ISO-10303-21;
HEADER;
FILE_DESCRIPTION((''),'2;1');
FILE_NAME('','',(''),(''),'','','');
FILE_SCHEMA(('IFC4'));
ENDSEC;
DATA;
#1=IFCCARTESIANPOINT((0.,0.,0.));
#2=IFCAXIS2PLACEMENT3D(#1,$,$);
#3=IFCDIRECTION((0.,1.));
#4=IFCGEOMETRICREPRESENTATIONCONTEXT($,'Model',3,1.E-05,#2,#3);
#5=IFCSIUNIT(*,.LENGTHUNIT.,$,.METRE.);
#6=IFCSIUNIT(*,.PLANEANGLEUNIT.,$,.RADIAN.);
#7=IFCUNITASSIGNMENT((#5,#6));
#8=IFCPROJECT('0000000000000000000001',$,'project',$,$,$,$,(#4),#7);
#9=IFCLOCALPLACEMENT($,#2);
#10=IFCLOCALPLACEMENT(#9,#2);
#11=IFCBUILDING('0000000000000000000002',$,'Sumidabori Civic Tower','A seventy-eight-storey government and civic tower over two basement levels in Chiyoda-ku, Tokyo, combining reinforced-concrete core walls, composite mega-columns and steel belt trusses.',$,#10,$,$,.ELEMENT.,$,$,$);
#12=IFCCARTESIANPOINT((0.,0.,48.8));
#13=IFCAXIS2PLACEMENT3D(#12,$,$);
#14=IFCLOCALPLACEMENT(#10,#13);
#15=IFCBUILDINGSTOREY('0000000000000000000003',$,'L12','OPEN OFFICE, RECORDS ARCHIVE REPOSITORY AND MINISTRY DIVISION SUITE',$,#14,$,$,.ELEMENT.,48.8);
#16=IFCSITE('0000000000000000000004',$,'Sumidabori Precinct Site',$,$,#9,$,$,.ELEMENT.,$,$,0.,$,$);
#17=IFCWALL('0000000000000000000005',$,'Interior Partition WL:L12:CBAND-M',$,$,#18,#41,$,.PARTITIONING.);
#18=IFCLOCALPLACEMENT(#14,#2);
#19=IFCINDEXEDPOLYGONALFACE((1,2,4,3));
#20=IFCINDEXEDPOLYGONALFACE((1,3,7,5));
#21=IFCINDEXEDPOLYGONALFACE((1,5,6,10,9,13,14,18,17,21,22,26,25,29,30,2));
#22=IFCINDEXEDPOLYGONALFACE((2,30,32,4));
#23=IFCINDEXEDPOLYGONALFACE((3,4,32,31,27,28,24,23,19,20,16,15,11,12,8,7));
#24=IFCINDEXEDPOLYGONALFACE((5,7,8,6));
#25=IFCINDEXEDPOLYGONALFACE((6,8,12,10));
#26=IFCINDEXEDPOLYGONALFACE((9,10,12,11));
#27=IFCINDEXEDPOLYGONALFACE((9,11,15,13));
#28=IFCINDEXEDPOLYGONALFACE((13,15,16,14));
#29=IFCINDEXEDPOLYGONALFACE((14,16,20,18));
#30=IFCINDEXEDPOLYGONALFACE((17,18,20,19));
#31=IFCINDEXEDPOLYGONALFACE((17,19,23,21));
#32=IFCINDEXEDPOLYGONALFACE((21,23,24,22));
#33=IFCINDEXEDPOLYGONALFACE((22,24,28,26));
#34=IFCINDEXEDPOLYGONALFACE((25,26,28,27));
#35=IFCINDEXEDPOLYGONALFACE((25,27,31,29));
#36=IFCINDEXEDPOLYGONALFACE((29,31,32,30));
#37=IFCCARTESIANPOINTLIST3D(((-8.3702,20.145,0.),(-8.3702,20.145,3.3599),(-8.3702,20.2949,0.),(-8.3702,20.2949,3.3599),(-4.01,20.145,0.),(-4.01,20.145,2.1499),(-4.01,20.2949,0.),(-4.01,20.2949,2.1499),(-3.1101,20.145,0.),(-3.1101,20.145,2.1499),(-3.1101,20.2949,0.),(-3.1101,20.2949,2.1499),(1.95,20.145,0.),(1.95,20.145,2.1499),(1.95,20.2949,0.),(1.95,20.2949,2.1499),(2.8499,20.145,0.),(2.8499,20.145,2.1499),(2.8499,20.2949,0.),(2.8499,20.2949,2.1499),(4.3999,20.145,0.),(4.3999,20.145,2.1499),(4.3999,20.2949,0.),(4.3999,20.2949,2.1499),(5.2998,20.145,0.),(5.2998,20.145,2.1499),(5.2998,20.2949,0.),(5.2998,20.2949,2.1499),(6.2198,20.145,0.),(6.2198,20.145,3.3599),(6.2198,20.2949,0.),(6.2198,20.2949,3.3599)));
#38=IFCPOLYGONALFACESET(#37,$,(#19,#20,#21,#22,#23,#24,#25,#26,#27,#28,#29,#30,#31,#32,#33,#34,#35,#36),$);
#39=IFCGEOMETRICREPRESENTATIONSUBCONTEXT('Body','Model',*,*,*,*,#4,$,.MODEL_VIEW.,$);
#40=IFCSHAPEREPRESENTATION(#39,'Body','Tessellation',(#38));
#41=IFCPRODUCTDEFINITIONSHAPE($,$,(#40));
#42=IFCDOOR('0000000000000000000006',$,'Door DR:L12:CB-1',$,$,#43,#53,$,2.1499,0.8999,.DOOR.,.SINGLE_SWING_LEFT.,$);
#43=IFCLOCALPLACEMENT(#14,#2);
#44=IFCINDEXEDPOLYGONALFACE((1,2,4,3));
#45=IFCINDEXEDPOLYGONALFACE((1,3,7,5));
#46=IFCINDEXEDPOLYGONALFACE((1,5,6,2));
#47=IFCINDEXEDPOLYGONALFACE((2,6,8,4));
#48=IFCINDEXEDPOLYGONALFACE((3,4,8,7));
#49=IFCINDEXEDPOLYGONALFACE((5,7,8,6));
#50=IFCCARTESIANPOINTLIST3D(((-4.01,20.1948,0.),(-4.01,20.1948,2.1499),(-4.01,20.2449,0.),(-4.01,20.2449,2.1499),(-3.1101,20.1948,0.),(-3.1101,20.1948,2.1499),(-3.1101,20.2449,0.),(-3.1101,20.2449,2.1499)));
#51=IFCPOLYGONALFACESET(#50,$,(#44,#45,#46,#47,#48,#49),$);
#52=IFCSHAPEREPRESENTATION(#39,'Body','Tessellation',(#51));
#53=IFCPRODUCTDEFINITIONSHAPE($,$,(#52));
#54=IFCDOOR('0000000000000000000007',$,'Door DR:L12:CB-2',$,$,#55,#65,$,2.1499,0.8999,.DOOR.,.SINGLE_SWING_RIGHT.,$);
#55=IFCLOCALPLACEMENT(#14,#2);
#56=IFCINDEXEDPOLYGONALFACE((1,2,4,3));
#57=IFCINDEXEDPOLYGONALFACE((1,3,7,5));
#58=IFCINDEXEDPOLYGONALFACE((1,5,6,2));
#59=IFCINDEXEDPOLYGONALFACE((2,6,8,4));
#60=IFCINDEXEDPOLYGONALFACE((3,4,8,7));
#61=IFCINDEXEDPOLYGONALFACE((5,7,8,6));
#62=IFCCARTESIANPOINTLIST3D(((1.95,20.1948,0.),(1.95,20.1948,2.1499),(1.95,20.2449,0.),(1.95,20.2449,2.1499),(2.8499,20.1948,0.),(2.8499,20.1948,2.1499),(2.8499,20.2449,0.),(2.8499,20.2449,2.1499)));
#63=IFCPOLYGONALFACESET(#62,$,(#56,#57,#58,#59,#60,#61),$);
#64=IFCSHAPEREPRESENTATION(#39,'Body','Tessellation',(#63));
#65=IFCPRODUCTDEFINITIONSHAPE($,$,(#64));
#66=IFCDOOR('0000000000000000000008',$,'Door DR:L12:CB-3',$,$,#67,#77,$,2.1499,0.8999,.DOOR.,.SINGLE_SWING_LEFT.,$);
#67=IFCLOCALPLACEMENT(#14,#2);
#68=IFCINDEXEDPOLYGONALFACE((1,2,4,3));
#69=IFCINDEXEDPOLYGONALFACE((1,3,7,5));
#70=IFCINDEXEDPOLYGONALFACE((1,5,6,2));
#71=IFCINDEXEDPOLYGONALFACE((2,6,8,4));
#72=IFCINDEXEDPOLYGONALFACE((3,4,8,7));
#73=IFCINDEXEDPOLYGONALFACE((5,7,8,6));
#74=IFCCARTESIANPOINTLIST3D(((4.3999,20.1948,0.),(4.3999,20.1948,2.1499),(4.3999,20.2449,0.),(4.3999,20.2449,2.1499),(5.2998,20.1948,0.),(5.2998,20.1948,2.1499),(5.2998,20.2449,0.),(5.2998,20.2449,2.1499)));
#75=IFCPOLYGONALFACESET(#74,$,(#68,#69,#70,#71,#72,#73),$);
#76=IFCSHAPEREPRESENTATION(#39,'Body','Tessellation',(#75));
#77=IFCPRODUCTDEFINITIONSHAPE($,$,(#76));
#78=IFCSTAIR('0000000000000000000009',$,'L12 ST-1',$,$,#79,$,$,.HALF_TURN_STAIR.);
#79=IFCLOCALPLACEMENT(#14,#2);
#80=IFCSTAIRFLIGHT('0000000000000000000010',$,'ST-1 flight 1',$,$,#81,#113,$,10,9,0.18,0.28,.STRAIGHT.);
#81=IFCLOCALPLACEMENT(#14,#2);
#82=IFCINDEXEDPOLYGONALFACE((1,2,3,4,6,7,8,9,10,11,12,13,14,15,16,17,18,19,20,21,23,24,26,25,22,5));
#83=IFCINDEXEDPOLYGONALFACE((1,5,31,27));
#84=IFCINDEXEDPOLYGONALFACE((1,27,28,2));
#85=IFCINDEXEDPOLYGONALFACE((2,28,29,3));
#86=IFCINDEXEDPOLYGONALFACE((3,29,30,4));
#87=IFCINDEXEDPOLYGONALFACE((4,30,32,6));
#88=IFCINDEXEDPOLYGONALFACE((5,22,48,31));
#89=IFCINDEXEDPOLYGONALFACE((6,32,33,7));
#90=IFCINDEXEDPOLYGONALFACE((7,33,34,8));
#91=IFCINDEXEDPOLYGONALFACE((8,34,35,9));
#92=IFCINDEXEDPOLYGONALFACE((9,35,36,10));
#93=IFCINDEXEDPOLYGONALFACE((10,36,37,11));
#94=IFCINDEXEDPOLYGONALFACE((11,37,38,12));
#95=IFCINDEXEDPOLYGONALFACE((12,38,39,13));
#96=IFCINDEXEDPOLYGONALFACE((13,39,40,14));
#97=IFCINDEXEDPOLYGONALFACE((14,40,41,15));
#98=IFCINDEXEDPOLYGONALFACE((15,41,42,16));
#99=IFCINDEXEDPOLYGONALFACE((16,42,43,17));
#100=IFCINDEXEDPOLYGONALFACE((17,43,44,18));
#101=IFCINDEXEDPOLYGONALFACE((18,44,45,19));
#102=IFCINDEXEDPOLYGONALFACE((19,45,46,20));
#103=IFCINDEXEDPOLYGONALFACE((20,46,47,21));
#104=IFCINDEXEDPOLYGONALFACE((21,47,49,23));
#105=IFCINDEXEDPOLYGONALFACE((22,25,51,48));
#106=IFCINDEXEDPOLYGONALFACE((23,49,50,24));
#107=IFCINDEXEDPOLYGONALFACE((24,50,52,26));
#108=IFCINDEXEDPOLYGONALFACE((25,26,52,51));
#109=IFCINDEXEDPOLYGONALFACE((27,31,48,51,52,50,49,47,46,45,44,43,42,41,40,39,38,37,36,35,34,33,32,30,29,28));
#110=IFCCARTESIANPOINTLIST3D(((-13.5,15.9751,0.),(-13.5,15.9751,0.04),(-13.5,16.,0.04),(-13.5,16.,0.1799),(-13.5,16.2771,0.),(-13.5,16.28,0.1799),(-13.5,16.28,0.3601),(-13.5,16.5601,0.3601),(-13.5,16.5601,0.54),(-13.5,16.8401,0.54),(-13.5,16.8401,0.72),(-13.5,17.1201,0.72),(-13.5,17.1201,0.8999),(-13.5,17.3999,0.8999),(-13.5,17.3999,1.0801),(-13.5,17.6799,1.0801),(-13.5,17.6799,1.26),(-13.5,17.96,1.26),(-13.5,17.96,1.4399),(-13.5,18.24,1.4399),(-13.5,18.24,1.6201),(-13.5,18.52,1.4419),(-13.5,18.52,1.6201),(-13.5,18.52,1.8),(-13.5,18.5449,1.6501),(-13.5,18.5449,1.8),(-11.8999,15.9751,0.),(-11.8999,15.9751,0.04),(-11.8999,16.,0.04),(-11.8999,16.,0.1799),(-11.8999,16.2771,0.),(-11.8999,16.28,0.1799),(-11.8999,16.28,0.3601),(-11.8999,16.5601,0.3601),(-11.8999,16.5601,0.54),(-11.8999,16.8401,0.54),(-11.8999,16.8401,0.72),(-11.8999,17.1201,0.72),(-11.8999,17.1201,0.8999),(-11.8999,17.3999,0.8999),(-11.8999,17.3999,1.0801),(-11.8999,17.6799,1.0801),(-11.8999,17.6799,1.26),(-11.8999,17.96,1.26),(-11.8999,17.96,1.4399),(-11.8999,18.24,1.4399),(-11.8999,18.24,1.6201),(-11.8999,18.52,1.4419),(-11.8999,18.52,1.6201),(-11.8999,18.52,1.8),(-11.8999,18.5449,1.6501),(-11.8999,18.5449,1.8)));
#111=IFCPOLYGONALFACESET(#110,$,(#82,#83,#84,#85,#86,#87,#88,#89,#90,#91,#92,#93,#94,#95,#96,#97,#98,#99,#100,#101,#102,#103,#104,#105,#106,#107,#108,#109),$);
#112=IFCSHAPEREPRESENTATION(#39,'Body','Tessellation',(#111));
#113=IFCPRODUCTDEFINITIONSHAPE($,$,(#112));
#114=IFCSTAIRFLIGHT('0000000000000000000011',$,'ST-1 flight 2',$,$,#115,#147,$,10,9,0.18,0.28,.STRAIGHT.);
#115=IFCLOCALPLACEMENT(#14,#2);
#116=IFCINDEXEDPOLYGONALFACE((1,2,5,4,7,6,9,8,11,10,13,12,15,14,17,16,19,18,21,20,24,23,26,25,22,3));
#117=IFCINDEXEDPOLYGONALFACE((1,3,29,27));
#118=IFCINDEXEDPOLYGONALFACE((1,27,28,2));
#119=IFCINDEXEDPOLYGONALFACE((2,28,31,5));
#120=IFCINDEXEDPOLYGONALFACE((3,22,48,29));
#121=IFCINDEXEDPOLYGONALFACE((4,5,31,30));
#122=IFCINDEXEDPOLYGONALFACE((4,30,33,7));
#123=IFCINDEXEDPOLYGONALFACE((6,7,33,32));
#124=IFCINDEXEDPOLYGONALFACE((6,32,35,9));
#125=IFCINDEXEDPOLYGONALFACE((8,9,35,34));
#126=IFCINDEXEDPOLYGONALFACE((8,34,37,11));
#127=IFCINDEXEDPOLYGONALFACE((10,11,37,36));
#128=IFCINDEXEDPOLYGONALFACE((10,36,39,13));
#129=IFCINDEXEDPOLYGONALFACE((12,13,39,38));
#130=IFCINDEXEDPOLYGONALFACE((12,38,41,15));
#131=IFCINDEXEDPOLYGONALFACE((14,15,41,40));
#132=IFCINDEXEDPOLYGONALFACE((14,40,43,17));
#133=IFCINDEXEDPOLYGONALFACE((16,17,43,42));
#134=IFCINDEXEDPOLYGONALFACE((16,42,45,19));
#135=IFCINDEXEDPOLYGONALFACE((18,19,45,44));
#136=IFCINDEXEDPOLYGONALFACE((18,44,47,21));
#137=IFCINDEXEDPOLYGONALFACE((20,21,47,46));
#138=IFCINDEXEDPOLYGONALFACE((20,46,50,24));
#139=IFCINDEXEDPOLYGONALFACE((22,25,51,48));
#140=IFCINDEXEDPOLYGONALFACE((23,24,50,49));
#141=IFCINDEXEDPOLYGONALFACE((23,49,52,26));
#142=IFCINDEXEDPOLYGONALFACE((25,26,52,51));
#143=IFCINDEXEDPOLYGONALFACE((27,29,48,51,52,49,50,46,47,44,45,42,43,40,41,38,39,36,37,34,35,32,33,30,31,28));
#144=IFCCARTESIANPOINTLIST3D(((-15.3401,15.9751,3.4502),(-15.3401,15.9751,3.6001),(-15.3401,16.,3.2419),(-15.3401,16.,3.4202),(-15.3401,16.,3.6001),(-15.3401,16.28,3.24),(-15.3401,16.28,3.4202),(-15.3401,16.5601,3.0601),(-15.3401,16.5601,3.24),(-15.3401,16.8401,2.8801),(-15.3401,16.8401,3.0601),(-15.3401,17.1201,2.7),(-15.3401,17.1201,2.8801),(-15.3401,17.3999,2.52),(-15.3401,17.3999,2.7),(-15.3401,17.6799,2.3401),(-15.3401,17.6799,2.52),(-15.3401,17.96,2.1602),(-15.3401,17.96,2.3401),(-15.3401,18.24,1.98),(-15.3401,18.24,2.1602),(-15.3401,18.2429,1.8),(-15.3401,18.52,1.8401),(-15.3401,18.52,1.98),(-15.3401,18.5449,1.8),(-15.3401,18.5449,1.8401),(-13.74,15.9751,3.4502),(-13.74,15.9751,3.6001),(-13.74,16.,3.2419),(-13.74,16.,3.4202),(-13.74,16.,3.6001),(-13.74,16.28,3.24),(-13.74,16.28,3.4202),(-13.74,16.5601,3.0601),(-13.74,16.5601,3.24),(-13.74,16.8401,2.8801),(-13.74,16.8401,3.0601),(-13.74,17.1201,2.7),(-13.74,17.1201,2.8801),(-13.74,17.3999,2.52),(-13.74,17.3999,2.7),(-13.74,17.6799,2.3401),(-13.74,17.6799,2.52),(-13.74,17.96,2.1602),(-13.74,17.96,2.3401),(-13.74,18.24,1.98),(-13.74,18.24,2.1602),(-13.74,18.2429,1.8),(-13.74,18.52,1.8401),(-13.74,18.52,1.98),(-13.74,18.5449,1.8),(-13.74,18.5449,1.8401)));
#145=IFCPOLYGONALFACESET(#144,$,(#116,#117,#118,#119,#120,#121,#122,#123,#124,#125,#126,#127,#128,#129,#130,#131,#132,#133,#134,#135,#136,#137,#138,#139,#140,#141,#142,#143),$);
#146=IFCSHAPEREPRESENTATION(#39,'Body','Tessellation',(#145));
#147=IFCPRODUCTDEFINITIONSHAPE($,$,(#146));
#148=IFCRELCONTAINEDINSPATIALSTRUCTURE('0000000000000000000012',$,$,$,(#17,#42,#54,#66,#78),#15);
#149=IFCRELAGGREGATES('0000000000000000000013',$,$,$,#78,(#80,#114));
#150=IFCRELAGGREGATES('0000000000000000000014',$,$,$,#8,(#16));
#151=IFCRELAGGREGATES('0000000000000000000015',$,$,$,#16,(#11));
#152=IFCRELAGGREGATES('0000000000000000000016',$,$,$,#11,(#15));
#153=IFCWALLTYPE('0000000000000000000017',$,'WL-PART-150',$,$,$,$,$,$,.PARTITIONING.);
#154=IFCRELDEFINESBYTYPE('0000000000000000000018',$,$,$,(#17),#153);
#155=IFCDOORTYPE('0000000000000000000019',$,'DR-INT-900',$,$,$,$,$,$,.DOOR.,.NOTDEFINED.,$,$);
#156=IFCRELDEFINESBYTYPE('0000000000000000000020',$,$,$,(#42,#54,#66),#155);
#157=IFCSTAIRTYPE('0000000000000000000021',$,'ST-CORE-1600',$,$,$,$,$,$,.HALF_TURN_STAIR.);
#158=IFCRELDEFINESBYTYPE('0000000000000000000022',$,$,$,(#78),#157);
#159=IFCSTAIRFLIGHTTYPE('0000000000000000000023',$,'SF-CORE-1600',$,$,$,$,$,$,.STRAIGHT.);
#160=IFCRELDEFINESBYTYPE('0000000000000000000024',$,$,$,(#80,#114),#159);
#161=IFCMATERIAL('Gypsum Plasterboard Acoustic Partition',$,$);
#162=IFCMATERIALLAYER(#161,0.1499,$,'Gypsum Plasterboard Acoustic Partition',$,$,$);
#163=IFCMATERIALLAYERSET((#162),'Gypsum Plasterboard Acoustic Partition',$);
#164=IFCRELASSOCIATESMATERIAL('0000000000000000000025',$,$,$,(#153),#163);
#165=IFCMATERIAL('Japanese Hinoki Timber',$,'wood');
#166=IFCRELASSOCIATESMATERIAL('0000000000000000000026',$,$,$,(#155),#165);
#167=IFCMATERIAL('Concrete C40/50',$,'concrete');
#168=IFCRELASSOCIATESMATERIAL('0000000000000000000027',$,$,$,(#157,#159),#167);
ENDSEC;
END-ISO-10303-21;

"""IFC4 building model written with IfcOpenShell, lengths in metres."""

from ifc_helpers import new_model, si_unit, direction, frame, frame_2d, origin, place, context, subcontext, project, spatial, polyline, rectangle, outline, extrude, source, transform, mapped, material, layer, layer_set, type_object, element, fill, aggregate, save


model = new_model("IFC4")

# Units and contexts
model_context = context("Model", 3, precision=1e-05, world=origin(), true_north=direction((0.0, 1.0)))
body_context = subcontext(model_context, "Body", "Model", "MODEL_VIEW")
ifc_project = project(units=[si_unit("LENGTHUNIT", "METRE"), si_unit("PLANEANGLEUNIT", "RADIAN")], contexts=[model_context])

# Site, building, storey
site_placement = place(None, origin())
site = spatial("IfcSite", under=ifc_project, at=site_placement, Name="Sumidabori Precinct Site", CompositionType="ELEMENT", RefElevation=0.0)
building_placement = place(site_placement, origin())
building = spatial("IfcBuilding", under=site, at=building_placement, Name="Sumidabori Civic Tower", Description="A seventy-eight-storey government and civic tower over two basement levels in Chiyoda-ku, Tokyo, combining reinforced-concrete core walls, composite mega-columns and steel belt trusses.", CompositionType="ELEMENT")
storey_placement = place(building_placement, frame((0.0, 0.0, 48.8)))
storey = spatial("IfcBuildingStorey", under=building, at=storey_placement, Name="L12", Description="OPEN OFFICE, RECORDS ARCHIVE REPOSITORY AND MINISTRY DIVISION SUITE", CompositionType="ELEMENT", Elevation=48.8)

# Wall, openings, doors
ifc_material_1 = material(Name="Gypsum Plasterboard Acoustic Partition")
ifc_layer_1 = layer(ifc_material_1, 0.1499, Name="Gypsum Plasterboard Acoustic Partition")
ifc_layer_set_1 = layer_set([ifc_layer_1], Name="Gypsum Plasterboard Acoustic Partition")
wall_type_1 = type_object("IfcWallType", Name="WL-PART-150", PredefinedType="PARTITIONING", material=ifc_layer_set_1)
shared_shape_1 = source(origin(), body_context, "Body", "SweptSolid", [
    extrude(rectangle(XDim=14.5901, YDim=0.1499, at=frame_2d((7.2949, 0.0))), origin(), (0.0, 0.0, 1.0), 3.3599),
])
wall_1_placement = place(storey_placement, frame((-8.3701, 20.22, 0.0), z_axis=(0.0, 0.0, 1.0), x_axis=(1.0, 0.0, 0.0)))
wall_1 = element("IfcWall", 1, at=wall_1_placement, inside=storey, type_object=wall_type_1, Name="Interior Partition WL:L12:CBAND-M", PredefinedType="PARTITIONING", context=body_context, shape_type="MappedRepresentation", body=[
    mapped(shared_shape_1, transform((0.0, 0.0, 0.0), x_axis=(1.0, 0.0, 0.0), y_axis=(0.0, 1.0, 0.0), z_axis=(0.0, 0.0, 1.0), scale=1.0)),
])
opening_1_placement = place(wall_1_placement, frame((4.3601, 0.0, 0.0)))
opening_1 = element("IfcOpeningElement", 2, at=opening_1_placement, cuts=wall_1, PredefinedType="OPENING", context=body_context, shape_type="SweptSolid", body=[
    extrude(rectangle(XDim=0.8999, YDim=2.1499, at=frame_2d((0.45, 1.075))), frame((0.0, 0.0869, 0.0), z_axis=(0.0, -1.0, 0.0), x_axis=(1.0, 0.0, 0.0)), (0.0, 0.0, 1.0), 0.1738),
])
opening_2_placement = place(wall_1_placement, frame((10.3201, 0.0, 0.0)))
opening_2 = element("IfcOpeningElement", 3, at=opening_2_placement, cuts=wall_1, PredefinedType="OPENING", context=body_context, shape_type="SweptSolid", body=[
    extrude(rectangle(XDim=0.8999, YDim=2.1499, at=frame_2d((0.45, 1.075))), frame((0.0, 0.0869, 0.0), z_axis=(0.0, -1.0, 0.0), x_axis=(1.0, 0.0, 0.0)), (0.0, 0.0, 1.0), 0.1738),
])
opening_3_placement = place(wall_1_placement, frame((12.77, 0.0, 0.0)))
opening_3 = element("IfcOpeningElement", 4, at=opening_3_placement, cuts=wall_1, PredefinedType="OPENING", context=body_context, shape_type="SweptSolid", body=[
    extrude(rectangle(XDim=0.8999, YDim=2.1499, at=frame_2d((0.45, 1.075))), frame((0.0, 0.0869, 0.0), z_axis=(0.0, -1.0, 0.0), x_axis=(1.0, 0.0, 0.0)), (0.0, 0.0, 1.0), 0.1738),
])
ifc_material_2 = material(Name="Japanese Hinoki Timber", Category="wood")
door_type = type_object("IfcDoorType", Name="DR-INT-900", OperationType="NOTDEFINED", PredefinedType="DOOR", material=ifc_material_2)
shared_shape_2 = source(origin(), body_context, "Body", "SweptSolid", [
    extrude(rectangle(XDim=0.8999, YDim=2.1499, at=frame_2d((0.45, 1.075))), frame((0.0, 0.0249, 0.0), z_axis=(0.0, -1.0, 0.0), x_axis=(1.0, 0.0, 0.0)), (0.0, 0.0, 1.0), 0.05),
])
door_1_placement = place(opening_1_placement, origin())
door_1 = element("IfcDoor", 5, at=door_1_placement, inside=storey, type_object=door_type, Name="Door DR:L12:CB-1", OperationType="SINGLE_SWING_LEFT", OverallHeight=2.1499, OverallWidth=0.8999, PredefinedType="DOOR", context=body_context, shape_type="MappedRepresentation", body=[
    mapped(shared_shape_2, transform((0.0, 0.0, 0.0), x_axis=(1.0, 0.0, 0.0), y_axis=(0.0, 1.0, 0.0), z_axis=(0.0, 0.0, 1.0), scale=1.0)),
])
fill(opening_1, door_1)
door_2_placement = place(opening_2_placement, origin())
door_2 = element("IfcDoor", 6, at=door_2_placement, inside=storey, type_object=door_type, Name="Door DR:L12:CB-2", OperationType="SINGLE_SWING_RIGHT", OverallHeight=2.1499, OverallWidth=0.8999, PredefinedType="DOOR", context=body_context, shape_type="MappedRepresentation", body=[
    mapped(shared_shape_2, transform((0.0, 0.0, 0.0), x_axis=(1.0, 0.0, 0.0), y_axis=(0.0, 1.0, 0.0), z_axis=(0.0, 0.0, 1.0), scale=1.0)),
])
fill(opening_2, door_2)
door_3_placement = place(opening_3_placement, origin())
door_3 = element("IfcDoor", 7, at=door_3_placement, inside=storey, type_object=door_type, Name="Door DR:L12:CB-3", OperationType="SINGLE_SWING_LEFT", OverallHeight=2.1499, OverallWidth=0.8999, PredefinedType="DOOR", context=body_context, shape_type="MappedRepresentation", body=[
    mapped(shared_shape_2, transform((0.0, 0.0, 0.0), x_axis=(1.0, 0.0, 0.0), y_axis=(0.0, 1.0, 0.0), z_axis=(0.0, 0.0, 1.0), scale=1.0)),
])
fill(opening_3, door_3)

# Stair, stair flights
ifc_material_3 = material(Name="Concrete C40/50", Category="concrete")
stair_type = type_object("IfcStairType", Name="ST-CORE-1600", PredefinedType="HALF_TURN_STAIR", material=ifc_material_3)
stair_placement = place(storey_placement, origin())
stair = element("IfcStair", 8, at=stair_placement, inside=storey, type_object=stair_type, Name="L12 ST-1", PredefinedType="HALF_TURN_STAIR")
stair_flight_type = type_object("IfcStairFlightType", Name="SF-CORE-1600", PredefinedType="STRAIGHT", material=ifc_material_3)
shared_shape_3 = source(origin(), body_context, "Body", "SweptSolid", [
    extrude(outline(polyline([(-0.0249, 0.0), (-0.0249, 0.04), (0.0, 0.04), (0.0, 0.1799), (0.28, 0.1799), (0.28, 0.3601), (0.5601, 0.3601), (0.5601, 0.54), (0.8401, 0.54), (0.8401, 0.72), (1.1201, 0.72), (1.1201, 0.8999), (1.3999, 0.8999), (1.3999, 1.0801), (1.6799, 1.0801), (1.6799, 1.26), (1.96, 1.26), (1.96, 1.4399), (2.24, 1.4399), (2.24, 1.6201), (2.52, 1.6201), (2.52, 1.8), (2.5449, 1.8), (2.5449, 1.6501), (2.52, 1.4419), (0.2771, 0.0), (-0.0249, 0.0)])), frame((0.0, 0.8, 0.0), z_axis=(0.0, -1.0, 0.0), x_axis=(1.0, 0.0, 0.0)), (0.0, 0.0, 1.0), 1.6001),
])
stair_flight_1_placement = place(storey_placement, frame((-12.7, 16.0, 0.0), z_axis=(0.0, 0.0, 1.0), x_axis=(0.0, 1.0, 0.0)))
stair_flight_1 = element("IfcStairFlight", 9, at=stair_flight_1_placement, type_object=stair_flight_type, Name="ST-1 flight 1", NumberOfRisers=10, NumberOfTreads=9, PredefinedType="STRAIGHT", RiserHeight=0.18, TreadLength=0.28, context=body_context, shape_type="MappedRepresentation", body=[
    mapped(shared_shape_3, transform((0.0, 0.0, 0.0), x_axis=(1.0, 0.0, 0.0), y_axis=(0.0, 1.0, 0.0), z_axis=(0.0, 0.0, 1.0), scale=1.0)),
])
stair_flight_2_placement = place(storey_placement, frame((-14.54, 18.52, 1.8), z_axis=(0.0, 0.0, 1.0), x_axis=(0.0, -1.0, 0.0)))
stair_flight_2 = element("IfcStairFlight", 10, at=stair_flight_2_placement, type_object=stair_flight_type, Name="ST-1 flight 2", NumberOfRisers=10, NumberOfTreads=9, PredefinedType="STRAIGHT", RiserHeight=0.18, TreadLength=0.28, context=body_context, shape_type="MappedRepresentation", body=[
    mapped(shared_shape_3, transform((0.0, 0.0, 0.0), x_axis=(1.0, 0.0, 0.0), y_axis=(0.0, 1.0, 0.0), z_axis=(0.0, 0.0, 1.0), scale=1.0)),
])
aggregate(stair, [stair_flight_1, stair_flight_2])

save(model, "model.ifc")
